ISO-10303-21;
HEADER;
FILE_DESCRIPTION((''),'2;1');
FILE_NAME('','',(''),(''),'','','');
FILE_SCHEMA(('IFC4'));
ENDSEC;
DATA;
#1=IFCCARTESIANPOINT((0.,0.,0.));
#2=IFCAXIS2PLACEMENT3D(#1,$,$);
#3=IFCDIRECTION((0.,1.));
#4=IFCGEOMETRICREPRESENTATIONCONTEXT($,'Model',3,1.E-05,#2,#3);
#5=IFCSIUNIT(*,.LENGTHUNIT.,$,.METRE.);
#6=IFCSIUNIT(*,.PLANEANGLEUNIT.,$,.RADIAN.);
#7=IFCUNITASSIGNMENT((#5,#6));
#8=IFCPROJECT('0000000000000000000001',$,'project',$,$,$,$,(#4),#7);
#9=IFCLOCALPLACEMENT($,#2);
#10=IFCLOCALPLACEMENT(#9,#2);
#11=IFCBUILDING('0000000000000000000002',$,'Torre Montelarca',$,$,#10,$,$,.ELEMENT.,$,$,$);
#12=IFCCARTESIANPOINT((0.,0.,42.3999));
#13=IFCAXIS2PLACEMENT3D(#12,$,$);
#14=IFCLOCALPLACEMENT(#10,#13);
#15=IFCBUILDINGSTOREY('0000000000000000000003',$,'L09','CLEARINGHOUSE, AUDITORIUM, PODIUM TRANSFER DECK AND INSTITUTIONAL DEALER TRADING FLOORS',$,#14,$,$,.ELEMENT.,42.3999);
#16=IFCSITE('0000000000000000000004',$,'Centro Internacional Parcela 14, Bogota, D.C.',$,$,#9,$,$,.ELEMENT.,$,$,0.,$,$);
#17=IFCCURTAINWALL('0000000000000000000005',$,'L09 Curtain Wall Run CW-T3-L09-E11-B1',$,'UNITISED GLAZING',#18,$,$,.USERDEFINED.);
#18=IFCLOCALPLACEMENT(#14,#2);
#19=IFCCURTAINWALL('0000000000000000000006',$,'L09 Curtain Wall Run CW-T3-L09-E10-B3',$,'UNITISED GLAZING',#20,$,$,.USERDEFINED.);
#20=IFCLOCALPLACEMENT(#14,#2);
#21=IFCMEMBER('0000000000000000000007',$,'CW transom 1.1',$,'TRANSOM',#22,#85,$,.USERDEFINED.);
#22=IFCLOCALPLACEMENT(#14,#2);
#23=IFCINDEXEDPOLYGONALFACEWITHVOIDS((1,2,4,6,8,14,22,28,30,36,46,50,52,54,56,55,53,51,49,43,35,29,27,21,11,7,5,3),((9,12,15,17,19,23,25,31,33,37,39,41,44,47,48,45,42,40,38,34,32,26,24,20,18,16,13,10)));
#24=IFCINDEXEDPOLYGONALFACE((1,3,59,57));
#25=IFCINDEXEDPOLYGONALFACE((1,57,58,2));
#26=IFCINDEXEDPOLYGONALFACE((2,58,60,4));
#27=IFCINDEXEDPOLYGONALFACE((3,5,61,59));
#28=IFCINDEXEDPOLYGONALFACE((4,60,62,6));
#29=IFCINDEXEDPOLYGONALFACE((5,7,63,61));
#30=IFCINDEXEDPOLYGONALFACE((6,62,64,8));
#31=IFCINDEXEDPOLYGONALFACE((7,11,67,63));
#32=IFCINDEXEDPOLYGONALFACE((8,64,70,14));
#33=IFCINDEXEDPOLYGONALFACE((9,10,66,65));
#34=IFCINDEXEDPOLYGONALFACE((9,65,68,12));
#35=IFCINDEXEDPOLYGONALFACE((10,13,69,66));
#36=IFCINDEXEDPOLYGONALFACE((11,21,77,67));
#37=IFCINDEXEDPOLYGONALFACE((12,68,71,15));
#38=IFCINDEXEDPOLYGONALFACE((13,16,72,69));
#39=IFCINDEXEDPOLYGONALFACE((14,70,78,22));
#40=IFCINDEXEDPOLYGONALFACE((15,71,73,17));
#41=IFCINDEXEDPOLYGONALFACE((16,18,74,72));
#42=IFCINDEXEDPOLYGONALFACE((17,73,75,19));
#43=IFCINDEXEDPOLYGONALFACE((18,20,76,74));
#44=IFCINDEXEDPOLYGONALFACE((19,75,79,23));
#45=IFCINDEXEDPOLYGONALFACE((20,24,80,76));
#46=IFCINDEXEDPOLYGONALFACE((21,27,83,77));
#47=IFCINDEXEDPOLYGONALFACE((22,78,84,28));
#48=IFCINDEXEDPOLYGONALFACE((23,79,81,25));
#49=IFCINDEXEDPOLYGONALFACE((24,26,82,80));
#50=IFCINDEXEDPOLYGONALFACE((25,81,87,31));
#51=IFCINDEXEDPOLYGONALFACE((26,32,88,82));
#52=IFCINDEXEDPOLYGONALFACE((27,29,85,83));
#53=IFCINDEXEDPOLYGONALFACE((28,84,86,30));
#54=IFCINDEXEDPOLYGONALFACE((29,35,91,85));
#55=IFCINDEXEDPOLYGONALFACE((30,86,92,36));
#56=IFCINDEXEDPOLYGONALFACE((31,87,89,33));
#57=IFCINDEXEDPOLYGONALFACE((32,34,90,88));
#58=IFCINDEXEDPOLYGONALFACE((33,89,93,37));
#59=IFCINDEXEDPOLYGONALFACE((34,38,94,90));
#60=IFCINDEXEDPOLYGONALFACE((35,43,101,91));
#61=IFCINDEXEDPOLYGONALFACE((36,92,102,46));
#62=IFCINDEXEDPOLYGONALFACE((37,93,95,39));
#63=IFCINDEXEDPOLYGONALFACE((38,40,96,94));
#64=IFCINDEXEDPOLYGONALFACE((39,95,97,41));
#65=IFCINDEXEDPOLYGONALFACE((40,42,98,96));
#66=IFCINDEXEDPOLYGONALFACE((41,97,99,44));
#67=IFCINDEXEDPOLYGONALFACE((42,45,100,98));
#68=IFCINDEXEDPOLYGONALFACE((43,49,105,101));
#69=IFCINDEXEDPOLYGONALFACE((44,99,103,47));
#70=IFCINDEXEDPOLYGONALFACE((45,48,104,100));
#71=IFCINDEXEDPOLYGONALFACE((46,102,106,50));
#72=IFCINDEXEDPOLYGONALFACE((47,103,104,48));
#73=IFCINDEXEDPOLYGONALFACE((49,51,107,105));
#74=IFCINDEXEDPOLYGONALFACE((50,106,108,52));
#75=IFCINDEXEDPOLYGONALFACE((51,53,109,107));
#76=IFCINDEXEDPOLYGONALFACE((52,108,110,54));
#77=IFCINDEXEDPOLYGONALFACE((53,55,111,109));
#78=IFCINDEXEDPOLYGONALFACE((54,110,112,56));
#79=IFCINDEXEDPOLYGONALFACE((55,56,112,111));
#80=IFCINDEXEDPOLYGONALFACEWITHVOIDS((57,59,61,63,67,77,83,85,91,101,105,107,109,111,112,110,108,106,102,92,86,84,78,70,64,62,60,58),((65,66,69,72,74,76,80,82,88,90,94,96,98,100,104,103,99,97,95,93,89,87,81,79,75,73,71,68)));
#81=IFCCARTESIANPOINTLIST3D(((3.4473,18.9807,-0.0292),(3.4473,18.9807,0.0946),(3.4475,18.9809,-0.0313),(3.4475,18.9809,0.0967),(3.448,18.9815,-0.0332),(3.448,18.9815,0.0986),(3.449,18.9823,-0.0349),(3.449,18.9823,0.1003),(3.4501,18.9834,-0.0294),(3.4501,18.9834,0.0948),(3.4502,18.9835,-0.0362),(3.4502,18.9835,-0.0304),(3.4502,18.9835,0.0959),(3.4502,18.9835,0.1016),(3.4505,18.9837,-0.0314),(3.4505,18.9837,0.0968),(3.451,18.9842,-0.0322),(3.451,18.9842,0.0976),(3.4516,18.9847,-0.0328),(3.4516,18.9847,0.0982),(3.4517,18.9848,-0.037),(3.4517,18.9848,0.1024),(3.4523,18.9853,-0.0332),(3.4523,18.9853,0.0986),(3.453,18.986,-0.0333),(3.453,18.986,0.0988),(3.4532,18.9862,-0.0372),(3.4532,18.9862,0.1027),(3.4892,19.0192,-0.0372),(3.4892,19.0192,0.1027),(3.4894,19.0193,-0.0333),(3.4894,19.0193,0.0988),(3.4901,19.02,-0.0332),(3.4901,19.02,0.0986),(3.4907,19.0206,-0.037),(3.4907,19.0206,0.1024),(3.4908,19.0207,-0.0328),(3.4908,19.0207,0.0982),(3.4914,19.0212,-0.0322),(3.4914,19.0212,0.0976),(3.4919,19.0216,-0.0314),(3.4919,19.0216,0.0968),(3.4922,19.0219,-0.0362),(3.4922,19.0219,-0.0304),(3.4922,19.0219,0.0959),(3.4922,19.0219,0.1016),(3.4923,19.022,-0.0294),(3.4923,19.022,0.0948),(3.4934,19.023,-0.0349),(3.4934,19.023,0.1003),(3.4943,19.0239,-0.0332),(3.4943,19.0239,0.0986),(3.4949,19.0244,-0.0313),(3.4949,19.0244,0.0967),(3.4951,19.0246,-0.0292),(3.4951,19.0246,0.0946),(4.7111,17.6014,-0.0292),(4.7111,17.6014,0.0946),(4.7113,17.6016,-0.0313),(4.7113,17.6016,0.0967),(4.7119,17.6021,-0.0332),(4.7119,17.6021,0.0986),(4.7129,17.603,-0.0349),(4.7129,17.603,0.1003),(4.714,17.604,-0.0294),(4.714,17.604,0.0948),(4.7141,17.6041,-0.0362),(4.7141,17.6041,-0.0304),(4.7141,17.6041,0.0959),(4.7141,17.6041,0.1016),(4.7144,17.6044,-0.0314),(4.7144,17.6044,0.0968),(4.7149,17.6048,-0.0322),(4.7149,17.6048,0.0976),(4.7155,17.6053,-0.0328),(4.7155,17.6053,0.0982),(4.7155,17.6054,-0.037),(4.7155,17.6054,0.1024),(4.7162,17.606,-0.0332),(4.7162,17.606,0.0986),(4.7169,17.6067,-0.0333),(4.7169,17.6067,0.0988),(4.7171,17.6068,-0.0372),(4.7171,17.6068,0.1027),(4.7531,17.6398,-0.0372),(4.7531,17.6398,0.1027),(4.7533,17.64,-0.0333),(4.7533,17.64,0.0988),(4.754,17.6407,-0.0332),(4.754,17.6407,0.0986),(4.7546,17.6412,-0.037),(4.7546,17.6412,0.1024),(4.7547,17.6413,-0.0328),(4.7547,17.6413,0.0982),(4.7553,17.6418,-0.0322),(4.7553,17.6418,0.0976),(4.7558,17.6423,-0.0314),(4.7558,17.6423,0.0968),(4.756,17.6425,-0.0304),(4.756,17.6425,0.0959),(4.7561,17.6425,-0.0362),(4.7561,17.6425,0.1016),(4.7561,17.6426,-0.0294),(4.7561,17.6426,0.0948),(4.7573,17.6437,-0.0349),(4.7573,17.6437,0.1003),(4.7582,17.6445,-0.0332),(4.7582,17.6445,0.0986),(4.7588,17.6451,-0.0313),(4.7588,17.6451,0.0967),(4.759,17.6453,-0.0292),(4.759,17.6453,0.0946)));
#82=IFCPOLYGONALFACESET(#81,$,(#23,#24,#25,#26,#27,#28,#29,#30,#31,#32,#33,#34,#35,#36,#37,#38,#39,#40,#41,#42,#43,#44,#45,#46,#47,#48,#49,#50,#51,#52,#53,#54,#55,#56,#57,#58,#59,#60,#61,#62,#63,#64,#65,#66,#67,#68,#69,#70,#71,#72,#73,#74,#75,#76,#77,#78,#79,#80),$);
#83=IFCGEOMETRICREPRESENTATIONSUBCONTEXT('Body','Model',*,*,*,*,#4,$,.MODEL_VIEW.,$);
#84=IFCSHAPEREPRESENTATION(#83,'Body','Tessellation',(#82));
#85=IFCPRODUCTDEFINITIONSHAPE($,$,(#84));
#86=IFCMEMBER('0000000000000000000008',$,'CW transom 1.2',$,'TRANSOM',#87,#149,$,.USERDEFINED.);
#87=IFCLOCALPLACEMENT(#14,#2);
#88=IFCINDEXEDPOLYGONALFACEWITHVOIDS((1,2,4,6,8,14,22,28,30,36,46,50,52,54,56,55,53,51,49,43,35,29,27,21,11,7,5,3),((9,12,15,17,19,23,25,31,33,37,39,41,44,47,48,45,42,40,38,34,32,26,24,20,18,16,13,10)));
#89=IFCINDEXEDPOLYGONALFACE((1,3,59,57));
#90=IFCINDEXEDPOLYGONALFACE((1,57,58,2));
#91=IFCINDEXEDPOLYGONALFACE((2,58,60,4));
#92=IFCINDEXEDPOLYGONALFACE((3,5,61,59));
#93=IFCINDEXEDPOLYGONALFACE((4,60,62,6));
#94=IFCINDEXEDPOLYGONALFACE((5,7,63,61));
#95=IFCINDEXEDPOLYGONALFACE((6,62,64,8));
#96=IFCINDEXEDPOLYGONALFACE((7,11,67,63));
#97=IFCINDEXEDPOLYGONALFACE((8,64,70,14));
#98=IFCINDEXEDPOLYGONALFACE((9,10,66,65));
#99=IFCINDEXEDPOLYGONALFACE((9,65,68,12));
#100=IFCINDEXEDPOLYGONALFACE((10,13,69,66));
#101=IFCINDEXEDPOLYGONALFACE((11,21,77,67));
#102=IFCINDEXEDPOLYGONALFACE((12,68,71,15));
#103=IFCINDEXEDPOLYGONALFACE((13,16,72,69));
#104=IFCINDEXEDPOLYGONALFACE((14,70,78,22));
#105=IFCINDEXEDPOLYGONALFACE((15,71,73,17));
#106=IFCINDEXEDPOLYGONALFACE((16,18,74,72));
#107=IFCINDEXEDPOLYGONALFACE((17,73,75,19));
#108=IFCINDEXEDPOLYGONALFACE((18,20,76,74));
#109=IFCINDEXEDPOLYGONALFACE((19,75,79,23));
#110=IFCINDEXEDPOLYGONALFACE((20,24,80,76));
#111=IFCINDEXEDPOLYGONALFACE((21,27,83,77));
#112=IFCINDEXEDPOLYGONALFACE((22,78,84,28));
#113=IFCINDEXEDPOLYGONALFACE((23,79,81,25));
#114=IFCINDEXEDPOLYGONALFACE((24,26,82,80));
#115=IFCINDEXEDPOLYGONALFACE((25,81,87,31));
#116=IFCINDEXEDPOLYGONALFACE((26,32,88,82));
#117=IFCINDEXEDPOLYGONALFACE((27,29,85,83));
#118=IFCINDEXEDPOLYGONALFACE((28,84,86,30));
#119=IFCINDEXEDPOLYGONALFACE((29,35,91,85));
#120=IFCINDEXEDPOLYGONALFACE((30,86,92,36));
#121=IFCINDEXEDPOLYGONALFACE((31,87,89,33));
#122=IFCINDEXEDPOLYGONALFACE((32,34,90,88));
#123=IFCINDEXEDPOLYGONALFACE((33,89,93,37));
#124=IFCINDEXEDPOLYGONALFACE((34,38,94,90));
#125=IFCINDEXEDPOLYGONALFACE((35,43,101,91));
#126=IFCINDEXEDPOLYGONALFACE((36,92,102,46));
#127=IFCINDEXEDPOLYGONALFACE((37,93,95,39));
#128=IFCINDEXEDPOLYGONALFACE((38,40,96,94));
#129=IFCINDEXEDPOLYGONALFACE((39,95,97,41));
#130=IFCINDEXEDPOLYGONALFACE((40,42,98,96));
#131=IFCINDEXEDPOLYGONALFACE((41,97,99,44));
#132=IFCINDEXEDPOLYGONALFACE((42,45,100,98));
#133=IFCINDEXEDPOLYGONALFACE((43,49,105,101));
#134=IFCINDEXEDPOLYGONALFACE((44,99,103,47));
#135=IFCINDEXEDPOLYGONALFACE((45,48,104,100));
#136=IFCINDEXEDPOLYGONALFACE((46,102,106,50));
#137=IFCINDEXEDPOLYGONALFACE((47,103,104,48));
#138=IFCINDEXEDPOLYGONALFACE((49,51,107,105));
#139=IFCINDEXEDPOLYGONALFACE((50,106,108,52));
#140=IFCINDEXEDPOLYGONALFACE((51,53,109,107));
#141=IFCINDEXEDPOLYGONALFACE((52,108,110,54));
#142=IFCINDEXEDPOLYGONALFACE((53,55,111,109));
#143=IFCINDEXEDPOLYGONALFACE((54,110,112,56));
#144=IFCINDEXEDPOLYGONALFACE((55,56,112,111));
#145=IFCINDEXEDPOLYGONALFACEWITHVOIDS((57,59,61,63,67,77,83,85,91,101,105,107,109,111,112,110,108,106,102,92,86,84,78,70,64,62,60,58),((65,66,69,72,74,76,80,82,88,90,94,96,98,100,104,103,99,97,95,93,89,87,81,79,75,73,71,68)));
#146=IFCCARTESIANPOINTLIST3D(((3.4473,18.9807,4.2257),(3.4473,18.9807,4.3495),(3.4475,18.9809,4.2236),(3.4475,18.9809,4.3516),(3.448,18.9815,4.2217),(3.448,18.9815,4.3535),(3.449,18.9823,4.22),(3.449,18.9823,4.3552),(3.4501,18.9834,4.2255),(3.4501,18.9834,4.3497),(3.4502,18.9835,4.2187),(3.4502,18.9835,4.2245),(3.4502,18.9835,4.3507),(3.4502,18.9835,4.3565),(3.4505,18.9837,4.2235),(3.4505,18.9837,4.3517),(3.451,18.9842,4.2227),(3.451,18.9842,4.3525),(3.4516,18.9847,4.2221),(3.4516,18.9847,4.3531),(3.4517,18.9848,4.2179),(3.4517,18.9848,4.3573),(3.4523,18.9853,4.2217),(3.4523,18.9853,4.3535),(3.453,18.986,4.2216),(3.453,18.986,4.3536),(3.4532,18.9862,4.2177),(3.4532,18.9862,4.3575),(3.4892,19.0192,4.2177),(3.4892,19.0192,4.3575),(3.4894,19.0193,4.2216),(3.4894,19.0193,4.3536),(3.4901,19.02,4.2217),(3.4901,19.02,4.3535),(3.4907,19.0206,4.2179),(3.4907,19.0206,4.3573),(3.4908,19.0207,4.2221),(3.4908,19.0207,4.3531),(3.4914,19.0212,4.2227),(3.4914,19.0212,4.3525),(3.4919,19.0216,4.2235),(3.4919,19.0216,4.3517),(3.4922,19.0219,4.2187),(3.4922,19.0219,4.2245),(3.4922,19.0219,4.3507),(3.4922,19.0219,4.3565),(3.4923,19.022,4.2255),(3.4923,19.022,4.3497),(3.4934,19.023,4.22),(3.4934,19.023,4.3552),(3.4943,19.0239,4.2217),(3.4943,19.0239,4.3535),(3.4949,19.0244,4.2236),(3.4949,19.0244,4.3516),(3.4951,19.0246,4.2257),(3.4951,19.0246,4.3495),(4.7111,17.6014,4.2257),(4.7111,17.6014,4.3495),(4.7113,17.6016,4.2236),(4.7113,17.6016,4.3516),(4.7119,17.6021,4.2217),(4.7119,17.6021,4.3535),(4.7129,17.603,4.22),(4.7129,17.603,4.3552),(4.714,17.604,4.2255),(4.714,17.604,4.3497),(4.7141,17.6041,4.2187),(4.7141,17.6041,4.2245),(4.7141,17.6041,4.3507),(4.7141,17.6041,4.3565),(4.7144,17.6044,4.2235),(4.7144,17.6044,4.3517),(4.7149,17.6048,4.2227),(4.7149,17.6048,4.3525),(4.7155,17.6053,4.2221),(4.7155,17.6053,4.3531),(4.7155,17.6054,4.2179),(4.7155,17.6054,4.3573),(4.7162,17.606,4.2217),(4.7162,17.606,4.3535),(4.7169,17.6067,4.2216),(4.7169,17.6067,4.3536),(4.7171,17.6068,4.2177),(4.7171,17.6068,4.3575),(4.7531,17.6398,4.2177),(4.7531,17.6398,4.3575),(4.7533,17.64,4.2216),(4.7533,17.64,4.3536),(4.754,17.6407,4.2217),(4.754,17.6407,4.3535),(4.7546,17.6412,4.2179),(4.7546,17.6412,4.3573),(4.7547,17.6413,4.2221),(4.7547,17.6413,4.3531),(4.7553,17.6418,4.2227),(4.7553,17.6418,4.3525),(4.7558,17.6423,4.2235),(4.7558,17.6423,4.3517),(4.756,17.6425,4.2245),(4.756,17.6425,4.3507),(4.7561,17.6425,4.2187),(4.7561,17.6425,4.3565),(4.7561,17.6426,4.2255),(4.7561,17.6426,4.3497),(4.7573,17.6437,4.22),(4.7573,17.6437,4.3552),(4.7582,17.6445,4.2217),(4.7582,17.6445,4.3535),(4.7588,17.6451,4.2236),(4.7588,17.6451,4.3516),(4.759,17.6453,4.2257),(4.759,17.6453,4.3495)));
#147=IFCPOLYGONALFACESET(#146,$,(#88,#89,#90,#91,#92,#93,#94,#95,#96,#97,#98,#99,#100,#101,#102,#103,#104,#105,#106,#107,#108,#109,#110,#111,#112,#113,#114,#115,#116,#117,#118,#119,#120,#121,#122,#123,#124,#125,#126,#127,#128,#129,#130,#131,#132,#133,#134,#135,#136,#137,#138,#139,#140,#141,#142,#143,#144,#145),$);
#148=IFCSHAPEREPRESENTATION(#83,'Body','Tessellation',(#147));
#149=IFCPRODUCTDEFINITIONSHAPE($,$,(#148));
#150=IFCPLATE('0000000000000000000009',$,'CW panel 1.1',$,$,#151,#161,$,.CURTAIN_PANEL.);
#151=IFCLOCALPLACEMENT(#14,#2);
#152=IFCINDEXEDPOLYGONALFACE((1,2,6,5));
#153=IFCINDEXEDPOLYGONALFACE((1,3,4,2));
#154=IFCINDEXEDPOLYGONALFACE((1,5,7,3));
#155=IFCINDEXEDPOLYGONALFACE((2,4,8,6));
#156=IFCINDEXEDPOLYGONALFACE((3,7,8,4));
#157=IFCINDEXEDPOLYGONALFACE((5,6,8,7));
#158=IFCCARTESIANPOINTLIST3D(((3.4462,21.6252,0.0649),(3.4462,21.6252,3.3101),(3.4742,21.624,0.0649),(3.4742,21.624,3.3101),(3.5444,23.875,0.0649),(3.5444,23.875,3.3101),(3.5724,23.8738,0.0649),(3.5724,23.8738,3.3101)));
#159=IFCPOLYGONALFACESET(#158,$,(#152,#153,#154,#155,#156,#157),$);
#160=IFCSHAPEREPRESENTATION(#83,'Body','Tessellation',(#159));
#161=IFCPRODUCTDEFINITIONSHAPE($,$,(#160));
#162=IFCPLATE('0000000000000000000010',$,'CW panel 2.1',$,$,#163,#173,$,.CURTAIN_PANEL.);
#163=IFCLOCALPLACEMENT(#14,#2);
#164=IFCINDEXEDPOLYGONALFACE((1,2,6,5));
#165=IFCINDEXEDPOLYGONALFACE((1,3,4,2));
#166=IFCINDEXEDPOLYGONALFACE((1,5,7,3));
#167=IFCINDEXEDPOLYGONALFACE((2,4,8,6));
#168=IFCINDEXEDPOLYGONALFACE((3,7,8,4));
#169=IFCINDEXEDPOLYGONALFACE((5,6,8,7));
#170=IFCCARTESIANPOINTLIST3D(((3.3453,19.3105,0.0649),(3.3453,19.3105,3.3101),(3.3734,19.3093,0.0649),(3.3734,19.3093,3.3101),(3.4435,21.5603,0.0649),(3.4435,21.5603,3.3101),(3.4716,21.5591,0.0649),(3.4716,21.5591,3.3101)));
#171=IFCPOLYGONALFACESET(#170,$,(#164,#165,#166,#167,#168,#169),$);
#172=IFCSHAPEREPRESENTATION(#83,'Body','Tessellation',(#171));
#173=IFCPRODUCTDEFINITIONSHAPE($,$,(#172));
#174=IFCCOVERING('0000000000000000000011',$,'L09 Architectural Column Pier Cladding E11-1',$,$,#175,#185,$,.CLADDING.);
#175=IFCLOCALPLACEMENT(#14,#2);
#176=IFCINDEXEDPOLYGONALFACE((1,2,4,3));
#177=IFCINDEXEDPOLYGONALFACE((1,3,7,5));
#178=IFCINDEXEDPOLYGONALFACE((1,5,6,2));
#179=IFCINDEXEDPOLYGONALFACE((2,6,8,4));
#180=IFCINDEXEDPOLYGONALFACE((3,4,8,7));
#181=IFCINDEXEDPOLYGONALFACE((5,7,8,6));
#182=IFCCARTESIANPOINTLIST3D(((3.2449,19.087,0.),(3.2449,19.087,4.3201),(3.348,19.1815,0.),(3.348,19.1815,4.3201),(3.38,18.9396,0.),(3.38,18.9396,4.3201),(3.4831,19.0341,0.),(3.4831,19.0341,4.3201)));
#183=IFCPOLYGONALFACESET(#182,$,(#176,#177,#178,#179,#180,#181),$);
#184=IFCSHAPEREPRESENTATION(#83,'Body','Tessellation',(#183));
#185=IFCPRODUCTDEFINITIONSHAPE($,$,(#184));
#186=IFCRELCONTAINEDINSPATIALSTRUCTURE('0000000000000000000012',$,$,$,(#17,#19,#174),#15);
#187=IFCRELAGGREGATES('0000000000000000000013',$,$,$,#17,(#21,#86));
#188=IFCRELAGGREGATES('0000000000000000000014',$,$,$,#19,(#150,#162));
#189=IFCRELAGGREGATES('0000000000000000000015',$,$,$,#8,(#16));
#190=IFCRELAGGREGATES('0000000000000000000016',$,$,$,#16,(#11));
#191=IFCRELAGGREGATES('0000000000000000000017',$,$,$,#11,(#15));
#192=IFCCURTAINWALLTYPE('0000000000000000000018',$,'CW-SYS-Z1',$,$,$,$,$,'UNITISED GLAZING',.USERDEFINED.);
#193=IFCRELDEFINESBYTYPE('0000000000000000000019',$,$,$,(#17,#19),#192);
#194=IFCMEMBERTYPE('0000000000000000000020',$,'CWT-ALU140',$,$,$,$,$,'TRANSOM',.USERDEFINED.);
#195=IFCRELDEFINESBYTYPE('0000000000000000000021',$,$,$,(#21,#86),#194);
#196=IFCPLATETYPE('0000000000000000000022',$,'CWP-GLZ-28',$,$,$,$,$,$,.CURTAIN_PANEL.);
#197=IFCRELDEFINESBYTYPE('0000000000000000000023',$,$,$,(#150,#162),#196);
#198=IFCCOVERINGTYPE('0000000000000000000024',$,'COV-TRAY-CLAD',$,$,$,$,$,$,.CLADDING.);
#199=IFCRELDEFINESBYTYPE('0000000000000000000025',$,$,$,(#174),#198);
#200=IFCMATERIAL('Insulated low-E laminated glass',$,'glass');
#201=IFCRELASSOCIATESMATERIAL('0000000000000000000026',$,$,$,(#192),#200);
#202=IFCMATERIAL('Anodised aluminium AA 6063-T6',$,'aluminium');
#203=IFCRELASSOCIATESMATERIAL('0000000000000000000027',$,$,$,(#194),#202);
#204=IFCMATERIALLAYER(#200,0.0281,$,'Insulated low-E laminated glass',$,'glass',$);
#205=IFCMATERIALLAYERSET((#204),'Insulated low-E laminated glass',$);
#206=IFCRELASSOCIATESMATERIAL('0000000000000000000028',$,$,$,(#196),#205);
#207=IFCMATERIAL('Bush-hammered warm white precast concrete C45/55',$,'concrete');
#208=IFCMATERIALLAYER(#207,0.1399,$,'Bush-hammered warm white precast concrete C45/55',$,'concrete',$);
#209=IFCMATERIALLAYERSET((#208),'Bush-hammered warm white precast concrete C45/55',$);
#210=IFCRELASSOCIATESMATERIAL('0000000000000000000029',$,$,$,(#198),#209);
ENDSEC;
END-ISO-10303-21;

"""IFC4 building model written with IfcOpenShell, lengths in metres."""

from ifc_helpers import new_model, si_unit, direction, frame, origin, origin_2d, place, context, subcontext, project, spatial, rectangle, hollow_rectangle, extrude, source, transform, mapped, material, layer, layer_set, material_profile, profile_set, type_object, element, aggregate, save


model = new_model("IFC4")

# Units and contexts
model_context = context("Model", 3, precision=1e-05, world=origin(), true_north=direction((0.0, 1.0)))
body_context = subcontext(model_context, "Body", "Model", "MODEL_VIEW")
ifc_project = project(units=[si_unit("LENGTHUNIT", "METRE"), si_unit("PLANEANGLEUNIT", "RADIAN")], contexts=[model_context])

# Site, building, storey
site_placement = place(None, origin())
site = spatial("IfcSite", under=ifc_project, at=site_placement, Name="Centro Internacional Parcela 14, Bogota, D.C.", CompositionType="ELEMENT", RefElevation=0.0)
building_placement = place(site_placement, origin())
building = spatial("IfcBuilding", under=site, at=building_placement, Name="Torre Montelarca", CompositionType="ELEMENT")
storey_placement = place(building_placement, frame((0.0, 0.0, 42.3999)))
storey = spatial("IfcBuildingStorey", under=building, at=storey_placement, Name="L09", Description="CLEARINGHOUSE, AUDITORIUM, PODIUM TRANSFER DECK AND INSTITUTIONAL DEALER TRADING FLOORS", CompositionType="ELEMENT", Elevation=42.3999)

# Curtain wall
ifc_material_1 = material(Name="Insulated low-E laminated glass", Category="glass")
curtain_wall_type = type_object("IfcCurtainWallType", Name="CW-SYS-Z1", ElementType="UNITISED GLAZING", PredefinedType="USERDEFINED", material=ifc_material_1)
curtain_wall_1_placement = place(storey_placement, origin())
curtain_wall_1 = element("IfcCurtainWall", 1, at=curtain_wall_1_placement, inside=storey, type_object=curtain_wall_type, Name="L09 Curtain Wall Run CW-T3-L09-E11-B1", ObjectType="UNITISED GLAZING", PredefinedType="USERDEFINED")
ifc_material_2 = material(Name="Anodised aluminium AA 6063-T6", Category="aluminium")

# Curtain wall
curtain_wall_2_placement = place(storey_placement, origin())
curtain_wall_2 = element("IfcCurtainWall", 2, at=curtain_wall_2_placement, inside=storey, type_object=curtain_wall_type, Name="L09 Curtain Wall Run CW-T3-L09-E10-B3", ObjectType="UNITISED GLAZING", PredefinedType="USERDEFINED")
ifc_material_profile_1 = material_profile(ifc_material_2, hollow_rectangle(XDim=0.0649, YDim=0.1399, WallThickness=0.0039, InnerFilletRadius=0.0039, OuterFilletRadius=0.0081, at=origin_2d()), Name="ALU65X140X4", Category="aluminium")
ifc_profile_set_1 = profile_set([ifc_material_profile_1], Name="Anodised aluminium AA 6063-T6")
member_type_1 = type_object("IfcMemberType", Name="CWT-ALU140", ElementType="TRANSOM", PredefinedType="USERDEFINED", material=ifc_profile_set_1)

# Members
shared_shape_1 = source(origin(), body_context, "Body", "SweptSolid", [
    extrude(hollow_rectangle(XDim=0.0649, YDim=0.1399, WallThickness=0.0039, InnerFilletRadius=0.0039, OuterFilletRadius=0.0081, at=origin_2d()), origin(), (0.0, 0.0, 1.0), 1.8708),
])
member_1_placement = place(storey_placement, frame((3.4712, 19.0027, 0.0327), z_axis=(0.675571, -0.737295, 0.0), x_axis=(0.737295, 0.675571, 0.0)))
member_1 = element("IfcMember", 3, at=member_1_placement, type_object=member_type_1, Name="CW transom 1.1", ObjectType="TRANSOM", PredefinedType="USERDEFINED", context=body_context, shape_type="MappedRepresentation", body=[
    mapped(shared_shape_1, transform((0.0, 0.0, 0.0), scale=1.0)),
])
member_2_placement = place(storey_placement, frame((3.4712, 19.0027, 4.2876), z_axis=(0.675571, -0.737295, 0.0), x_axis=(0.737295, 0.675571, 0.0)))
member_2 = element("IfcMember", 4, at=member_2_placement, type_object=member_type_1, Name="CW transom 1.2", ObjectType="TRANSOM", PredefinedType="USERDEFINED", context=body_context, shape_type="MappedRepresentation", body=[
    mapped(shared_shape_1, transform((0.0, 0.0, 0.0), scale=1.0)),
])
aggregate(curtain_wall_1, [member_1, member_2])

# Plates
ifc_layer_1 = layer(ifc_material_1, 0.0281, Name="Insulated low-E laminated glass", Category="glass")
ifc_layer_set_1 = layer_set([ifc_layer_1], Name="Insulated low-E laminated glass")
plate_type = type_object("IfcPlateType", Name="CWP-GLZ-28", PredefinedType="CURTAIN_PANEL", material=ifc_layer_set_1)
shared_shape_2 = source(origin(), body_context, "Body", "SweptSolid", [
    extrude(rectangle(XDim=2.252, YDim=0.0281, at=origin_2d()), origin(), (0.0, 0.0, 1.0), 3.2451),
])
plate_1_placement = place(storey_placement, frame((3.5093, 22.7495, 0.0649), z_axis=(0.0, 0.0, 1.0), x_axis=(-0.043608, -0.999049, 0.0)))
plate_1 = element("IfcPlate", 5, at=plate_1_placement, type_object=plate_type, Name="CW panel 1.1", PredefinedType="CURTAIN_PANEL", context=body_context, shape_type="MappedRepresentation", body=[
    mapped(shared_shape_2, transform((0.0, 0.0, 0.0), scale=1.0)),
])
plate_2_placement = place(storey_placement, frame((3.4084, 20.4348, 0.0649), z_axis=(0.0, 0.0, 1.0), x_axis=(-0.043608, -0.999049, 0.0)))
plate_2 = element("IfcPlate", 6, at=plate_2_placement, type_object=plate_type, Name="CW panel 2.1", PredefinedType="CURTAIN_PANEL", context=body_context, shape_type="MappedRepresentation", body=[
    mapped(shared_shape_2, transform((0.0, 0.0, 0.0), scale=1.0)),
])
aggregate(curtain_wall_2, [plate_1, plate_2])

# Covering
ifc_material_3 = material(Name="Bush-hammered warm white precast concrete C45/55", Category="concrete")
ifc_layer_2 = layer(ifc_material_3, 0.1399, Name="Bush-hammered warm white precast concrete C45/55", Category="concrete")
ifc_layer_set_2 = layer_set([ifc_layer_2], Name="Bush-hammered warm white precast concrete C45/55")
covering_type = type_object("IfcCoveringType", Name="COV-TRAY-CLAD", PredefinedType="CLADDING", material=ifc_layer_set_2)
shared_shape_3 = source(origin(), body_context, "Body", "SweptSolid", [
    extrude(rectangle(XDim=0.2, YDim=0.1399, at=origin_2d()), origin(), (0.0, 0.0, 1.0), 4.3201),
])
covering_1_placement = place(storey_placement, frame((3.364, 19.0605, 0.0), z_axis=(0.0, 0.0, 1.0), x_axis=(0.675586, -0.737281, 0.0)))
element("IfcCovering", 7, at=covering_1_placement, inside=storey, type_object=covering_type, Name="L09 Architectural Column Pier Cladding E11-1", PredefinedType="CLADDING", context=body_context, shape_type="MappedRepresentation", body=[
    mapped(shared_shape_3, transform((0.0, 0.0, 0.0), scale=1.0)),
])

save(model, "model.ifc")
